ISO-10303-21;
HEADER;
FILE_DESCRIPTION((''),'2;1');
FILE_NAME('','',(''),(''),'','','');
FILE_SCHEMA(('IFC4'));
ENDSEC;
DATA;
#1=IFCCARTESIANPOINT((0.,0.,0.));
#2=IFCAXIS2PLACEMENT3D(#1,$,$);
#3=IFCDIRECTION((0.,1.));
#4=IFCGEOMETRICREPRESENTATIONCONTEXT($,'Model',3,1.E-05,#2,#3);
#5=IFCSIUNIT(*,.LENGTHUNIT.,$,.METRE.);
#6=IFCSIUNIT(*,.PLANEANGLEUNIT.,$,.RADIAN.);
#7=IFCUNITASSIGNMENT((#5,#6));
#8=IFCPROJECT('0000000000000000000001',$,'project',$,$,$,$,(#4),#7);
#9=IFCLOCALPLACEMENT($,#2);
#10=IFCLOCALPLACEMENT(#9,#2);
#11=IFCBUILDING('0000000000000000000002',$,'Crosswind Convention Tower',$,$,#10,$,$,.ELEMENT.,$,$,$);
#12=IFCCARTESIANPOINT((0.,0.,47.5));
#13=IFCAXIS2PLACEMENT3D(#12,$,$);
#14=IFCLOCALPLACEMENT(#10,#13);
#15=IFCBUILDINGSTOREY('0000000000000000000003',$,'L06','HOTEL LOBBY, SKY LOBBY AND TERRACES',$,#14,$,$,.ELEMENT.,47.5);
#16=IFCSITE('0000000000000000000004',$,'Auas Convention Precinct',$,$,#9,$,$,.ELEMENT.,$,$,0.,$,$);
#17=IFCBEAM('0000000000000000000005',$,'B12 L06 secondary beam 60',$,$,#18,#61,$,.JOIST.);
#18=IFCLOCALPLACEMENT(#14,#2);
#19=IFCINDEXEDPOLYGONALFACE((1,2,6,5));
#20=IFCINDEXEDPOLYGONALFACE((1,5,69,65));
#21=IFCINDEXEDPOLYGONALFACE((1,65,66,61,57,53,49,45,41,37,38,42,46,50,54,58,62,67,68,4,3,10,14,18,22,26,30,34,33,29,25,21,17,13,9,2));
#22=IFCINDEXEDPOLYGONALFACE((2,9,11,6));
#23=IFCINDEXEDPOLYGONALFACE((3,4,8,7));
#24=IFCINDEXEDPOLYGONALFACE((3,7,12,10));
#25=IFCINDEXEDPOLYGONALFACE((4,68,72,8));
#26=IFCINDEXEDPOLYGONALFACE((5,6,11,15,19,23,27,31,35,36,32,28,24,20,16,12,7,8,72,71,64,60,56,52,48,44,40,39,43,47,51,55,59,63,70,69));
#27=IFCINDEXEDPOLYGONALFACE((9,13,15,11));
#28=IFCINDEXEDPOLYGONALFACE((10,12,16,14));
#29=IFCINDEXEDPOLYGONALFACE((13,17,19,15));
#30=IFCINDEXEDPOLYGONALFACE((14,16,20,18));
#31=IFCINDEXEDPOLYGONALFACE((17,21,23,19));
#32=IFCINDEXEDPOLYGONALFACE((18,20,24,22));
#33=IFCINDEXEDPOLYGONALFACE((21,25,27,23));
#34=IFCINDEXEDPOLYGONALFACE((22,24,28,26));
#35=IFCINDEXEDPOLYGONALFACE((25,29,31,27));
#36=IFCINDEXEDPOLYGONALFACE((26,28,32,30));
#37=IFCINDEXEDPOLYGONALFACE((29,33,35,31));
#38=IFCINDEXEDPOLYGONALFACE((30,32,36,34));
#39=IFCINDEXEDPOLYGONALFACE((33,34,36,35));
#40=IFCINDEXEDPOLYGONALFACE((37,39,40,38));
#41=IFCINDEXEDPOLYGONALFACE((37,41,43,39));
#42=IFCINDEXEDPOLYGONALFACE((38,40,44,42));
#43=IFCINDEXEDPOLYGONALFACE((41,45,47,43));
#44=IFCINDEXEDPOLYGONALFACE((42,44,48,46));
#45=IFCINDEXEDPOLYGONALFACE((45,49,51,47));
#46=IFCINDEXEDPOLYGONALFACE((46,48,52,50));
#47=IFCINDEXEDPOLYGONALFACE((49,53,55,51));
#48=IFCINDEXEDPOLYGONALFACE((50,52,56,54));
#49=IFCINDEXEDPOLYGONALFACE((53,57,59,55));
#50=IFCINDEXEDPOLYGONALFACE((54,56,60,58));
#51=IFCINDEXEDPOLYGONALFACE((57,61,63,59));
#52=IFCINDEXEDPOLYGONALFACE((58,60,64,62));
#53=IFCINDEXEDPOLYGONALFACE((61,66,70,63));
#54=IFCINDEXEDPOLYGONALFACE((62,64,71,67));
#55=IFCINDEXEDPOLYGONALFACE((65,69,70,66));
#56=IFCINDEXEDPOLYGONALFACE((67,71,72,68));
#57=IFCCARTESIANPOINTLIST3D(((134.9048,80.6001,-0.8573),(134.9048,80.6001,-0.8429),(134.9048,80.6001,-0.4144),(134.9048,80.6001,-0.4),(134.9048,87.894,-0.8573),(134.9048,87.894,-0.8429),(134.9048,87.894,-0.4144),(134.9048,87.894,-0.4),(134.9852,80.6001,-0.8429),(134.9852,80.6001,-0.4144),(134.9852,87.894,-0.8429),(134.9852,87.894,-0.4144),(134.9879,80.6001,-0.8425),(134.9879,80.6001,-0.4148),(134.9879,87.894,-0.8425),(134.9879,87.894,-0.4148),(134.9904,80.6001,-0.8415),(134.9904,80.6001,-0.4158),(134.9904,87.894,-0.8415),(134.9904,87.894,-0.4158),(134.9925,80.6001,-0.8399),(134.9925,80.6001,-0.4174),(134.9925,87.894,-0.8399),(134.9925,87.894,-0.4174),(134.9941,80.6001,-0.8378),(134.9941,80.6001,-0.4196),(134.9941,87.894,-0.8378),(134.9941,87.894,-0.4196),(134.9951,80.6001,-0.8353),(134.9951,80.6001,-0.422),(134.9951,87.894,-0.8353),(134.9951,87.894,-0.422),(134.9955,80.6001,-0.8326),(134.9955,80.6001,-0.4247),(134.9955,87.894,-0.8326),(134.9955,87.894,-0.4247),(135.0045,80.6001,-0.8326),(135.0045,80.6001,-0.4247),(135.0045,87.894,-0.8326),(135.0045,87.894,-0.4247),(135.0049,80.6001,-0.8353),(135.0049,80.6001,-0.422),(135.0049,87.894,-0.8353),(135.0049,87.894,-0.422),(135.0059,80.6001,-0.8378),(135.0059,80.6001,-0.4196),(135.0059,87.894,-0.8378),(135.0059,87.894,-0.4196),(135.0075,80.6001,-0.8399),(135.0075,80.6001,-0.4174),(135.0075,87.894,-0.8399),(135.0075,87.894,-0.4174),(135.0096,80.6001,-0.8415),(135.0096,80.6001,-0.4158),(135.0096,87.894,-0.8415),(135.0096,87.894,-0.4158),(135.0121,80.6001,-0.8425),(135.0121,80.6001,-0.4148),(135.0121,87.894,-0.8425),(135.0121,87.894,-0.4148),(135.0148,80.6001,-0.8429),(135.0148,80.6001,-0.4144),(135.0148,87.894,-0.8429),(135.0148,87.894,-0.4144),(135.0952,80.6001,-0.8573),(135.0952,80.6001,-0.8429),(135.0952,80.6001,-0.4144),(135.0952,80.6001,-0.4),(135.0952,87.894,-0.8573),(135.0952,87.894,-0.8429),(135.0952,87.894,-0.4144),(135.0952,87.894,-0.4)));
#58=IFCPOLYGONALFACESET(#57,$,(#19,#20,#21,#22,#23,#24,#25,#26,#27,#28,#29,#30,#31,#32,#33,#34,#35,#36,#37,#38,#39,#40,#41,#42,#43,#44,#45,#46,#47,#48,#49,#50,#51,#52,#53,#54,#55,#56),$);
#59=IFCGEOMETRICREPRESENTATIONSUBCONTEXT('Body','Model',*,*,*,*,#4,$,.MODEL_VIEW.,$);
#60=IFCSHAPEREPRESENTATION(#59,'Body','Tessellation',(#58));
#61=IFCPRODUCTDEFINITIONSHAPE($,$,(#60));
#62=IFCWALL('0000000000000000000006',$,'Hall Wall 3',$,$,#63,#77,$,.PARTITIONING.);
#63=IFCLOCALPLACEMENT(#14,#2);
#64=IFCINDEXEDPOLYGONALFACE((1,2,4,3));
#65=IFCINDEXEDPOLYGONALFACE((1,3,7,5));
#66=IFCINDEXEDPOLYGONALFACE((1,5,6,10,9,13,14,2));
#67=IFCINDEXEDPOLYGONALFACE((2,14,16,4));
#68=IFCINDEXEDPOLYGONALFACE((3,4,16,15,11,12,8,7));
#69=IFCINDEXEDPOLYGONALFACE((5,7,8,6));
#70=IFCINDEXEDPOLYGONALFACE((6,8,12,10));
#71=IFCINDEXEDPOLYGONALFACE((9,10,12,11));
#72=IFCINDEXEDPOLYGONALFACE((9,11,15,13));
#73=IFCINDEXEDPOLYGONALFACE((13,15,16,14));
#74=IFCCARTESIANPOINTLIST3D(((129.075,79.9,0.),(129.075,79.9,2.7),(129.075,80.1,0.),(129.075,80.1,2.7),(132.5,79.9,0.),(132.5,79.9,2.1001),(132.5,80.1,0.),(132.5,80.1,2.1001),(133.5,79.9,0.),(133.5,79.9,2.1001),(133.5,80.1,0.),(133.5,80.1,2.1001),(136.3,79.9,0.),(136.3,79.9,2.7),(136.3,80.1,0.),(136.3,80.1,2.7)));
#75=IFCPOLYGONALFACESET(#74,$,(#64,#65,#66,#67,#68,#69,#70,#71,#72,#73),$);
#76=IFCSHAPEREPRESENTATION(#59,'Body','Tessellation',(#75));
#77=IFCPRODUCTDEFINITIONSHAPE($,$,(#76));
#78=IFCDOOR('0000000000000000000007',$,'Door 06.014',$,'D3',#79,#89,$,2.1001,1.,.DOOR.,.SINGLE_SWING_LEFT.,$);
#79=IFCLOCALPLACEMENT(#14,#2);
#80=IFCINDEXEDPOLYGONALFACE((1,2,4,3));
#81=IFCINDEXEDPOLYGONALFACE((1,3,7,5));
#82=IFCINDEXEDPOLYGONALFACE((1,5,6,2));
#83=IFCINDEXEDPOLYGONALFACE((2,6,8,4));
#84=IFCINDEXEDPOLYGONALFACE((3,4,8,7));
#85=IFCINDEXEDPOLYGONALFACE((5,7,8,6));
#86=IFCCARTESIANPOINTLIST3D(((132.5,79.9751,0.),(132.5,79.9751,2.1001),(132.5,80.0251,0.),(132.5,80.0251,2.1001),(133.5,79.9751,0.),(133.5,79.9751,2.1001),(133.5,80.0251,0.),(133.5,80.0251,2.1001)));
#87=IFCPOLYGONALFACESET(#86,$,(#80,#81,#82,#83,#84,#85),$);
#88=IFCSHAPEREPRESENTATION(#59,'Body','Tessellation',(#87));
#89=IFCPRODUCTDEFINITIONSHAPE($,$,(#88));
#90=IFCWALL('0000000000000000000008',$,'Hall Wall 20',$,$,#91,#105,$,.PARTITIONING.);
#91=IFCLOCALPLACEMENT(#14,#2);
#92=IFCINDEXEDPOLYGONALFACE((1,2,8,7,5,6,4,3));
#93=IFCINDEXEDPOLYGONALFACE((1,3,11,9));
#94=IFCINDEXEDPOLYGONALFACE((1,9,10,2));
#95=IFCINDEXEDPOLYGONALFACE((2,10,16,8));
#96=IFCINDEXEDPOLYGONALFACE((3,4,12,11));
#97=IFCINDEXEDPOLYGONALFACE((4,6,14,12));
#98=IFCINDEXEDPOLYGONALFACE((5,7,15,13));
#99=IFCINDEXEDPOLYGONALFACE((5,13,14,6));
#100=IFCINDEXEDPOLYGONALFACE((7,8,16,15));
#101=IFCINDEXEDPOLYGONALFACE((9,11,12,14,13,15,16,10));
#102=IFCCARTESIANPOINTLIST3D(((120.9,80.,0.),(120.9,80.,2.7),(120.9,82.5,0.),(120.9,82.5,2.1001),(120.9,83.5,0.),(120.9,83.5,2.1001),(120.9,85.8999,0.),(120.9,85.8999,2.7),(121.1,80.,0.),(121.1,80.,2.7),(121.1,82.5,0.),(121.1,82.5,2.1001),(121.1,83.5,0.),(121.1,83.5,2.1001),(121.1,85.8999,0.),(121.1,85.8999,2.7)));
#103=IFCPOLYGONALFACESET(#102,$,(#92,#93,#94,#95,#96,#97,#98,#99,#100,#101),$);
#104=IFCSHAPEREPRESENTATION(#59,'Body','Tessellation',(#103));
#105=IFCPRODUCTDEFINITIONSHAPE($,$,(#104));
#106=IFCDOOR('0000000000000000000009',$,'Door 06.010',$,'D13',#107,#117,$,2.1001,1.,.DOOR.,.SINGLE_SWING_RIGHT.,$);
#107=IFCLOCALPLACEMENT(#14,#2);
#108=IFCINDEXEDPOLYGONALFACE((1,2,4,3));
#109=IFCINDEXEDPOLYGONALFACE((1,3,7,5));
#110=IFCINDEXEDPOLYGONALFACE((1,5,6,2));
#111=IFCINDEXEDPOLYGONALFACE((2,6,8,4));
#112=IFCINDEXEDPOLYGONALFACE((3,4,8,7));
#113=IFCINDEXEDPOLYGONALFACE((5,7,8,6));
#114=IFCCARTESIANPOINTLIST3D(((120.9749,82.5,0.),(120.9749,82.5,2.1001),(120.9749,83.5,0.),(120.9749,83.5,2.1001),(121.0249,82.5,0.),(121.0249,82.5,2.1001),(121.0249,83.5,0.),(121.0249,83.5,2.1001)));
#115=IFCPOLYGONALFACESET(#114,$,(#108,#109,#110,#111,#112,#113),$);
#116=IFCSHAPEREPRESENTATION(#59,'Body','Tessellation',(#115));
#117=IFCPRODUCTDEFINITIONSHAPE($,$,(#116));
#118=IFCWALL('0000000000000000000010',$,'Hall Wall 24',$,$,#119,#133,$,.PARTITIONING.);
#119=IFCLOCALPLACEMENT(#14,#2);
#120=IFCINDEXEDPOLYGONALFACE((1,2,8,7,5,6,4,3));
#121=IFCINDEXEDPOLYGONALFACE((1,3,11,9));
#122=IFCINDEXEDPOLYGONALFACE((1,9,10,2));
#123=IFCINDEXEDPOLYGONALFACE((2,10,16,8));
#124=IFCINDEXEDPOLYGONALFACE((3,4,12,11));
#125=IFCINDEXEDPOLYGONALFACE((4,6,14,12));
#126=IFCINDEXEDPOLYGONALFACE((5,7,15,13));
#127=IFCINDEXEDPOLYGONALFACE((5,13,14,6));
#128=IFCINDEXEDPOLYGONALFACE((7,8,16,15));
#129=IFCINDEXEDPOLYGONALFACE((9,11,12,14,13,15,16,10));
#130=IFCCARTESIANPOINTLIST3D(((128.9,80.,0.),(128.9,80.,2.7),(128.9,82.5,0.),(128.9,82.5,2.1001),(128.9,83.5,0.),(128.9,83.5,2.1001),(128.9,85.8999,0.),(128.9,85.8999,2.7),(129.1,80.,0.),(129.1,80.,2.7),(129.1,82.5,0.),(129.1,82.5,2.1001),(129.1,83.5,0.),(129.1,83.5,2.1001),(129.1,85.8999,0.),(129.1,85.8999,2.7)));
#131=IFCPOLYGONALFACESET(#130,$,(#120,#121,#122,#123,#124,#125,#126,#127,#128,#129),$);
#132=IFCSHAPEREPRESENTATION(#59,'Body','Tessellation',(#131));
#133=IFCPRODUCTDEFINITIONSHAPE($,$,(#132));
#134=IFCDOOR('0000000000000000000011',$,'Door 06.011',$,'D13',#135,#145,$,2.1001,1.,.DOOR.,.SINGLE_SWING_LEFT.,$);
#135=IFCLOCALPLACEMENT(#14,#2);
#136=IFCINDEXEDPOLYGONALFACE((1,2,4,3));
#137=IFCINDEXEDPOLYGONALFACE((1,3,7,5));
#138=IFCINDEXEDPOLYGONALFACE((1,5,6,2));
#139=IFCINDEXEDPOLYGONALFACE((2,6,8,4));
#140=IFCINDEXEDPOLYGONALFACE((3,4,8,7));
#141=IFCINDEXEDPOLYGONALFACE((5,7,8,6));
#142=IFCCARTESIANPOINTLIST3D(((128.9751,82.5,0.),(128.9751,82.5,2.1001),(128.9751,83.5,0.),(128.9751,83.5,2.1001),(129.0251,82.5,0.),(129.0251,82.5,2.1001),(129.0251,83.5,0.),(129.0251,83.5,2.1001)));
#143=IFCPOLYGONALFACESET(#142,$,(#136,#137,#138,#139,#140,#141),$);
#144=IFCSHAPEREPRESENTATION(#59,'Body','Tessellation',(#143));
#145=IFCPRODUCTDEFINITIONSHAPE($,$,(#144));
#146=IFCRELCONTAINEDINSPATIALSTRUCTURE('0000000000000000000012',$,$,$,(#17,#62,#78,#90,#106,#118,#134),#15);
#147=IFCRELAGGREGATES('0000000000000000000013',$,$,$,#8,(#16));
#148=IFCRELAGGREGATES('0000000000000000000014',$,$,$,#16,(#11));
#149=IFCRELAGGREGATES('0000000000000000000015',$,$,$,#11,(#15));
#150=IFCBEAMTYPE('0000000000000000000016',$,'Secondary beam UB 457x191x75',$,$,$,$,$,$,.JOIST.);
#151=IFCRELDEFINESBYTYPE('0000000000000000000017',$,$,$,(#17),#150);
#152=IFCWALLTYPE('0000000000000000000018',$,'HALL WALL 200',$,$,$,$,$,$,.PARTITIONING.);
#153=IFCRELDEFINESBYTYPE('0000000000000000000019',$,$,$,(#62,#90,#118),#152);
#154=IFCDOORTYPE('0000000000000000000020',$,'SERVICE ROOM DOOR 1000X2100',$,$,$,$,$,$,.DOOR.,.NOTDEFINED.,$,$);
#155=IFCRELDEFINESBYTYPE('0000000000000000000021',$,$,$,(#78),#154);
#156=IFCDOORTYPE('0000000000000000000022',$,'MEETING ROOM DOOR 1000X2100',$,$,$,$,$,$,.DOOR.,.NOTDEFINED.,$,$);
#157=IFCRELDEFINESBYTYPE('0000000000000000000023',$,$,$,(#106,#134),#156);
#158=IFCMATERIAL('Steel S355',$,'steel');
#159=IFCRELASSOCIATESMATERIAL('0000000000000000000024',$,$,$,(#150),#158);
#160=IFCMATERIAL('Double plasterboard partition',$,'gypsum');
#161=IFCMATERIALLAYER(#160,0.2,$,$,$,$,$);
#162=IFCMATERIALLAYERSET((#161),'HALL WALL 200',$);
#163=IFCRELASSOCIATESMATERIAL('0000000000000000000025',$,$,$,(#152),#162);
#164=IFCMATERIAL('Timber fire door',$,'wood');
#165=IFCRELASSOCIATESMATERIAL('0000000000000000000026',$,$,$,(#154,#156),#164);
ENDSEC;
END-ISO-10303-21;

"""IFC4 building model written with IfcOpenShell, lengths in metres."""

from ifc_helpers import new_model, si_unit, direction, frame, frame_2d, origin, origin_2d, place, context, subcontext, project, spatial, rectangle, i_section, extrude, material, layer, layer_set, material_profile, profile_set, type_object, element, fill, save


model = new_model("IFC4")

# Units and contexts
model_context = context("Model", 3, precision=1e-05, world=origin(), true_north=direction((0.0, 1.0)))
body_context = subcontext(model_context, "Body", "Model", "MODEL_VIEW")
ifc_project = project(units=[si_unit("LENGTHUNIT", "METRE"), si_unit("PLANEANGLEUNIT", "RADIAN")], contexts=[model_context])

# Site, building, storey
site_placement = place(None, origin())
site = spatial("IfcSite", under=ifc_project, at=site_placement, Name="Auas Convention Precinct", CompositionType="ELEMENT", RefElevation=0.0)
building_placement = place(site_placement, origin())
building = spatial("IfcBuilding", under=site, at=building_placement, Name="Crosswind Convention Tower", CompositionType="ELEMENT")
storey_placement = place(building_placement, frame((0.0, 0.0, 47.5)))
storey = spatial("IfcBuildingStorey", under=building, at=storey_placement, Name="L06", Description="HOTEL LOBBY, SKY LOBBY AND TERRACES", CompositionType="ELEMENT", Elevation=47.5)

# Shared definitions
ifc_material_1 = material(Name="Steel S355", Category="steel")

# Beam
ifc_material_profile_1 = material_profile(ifc_material_1, i_section(OverallWidth=0.1904, OverallDepth=0.4573, WebThickness=0.009, FlangeThickness=0.0144, FilletRadius=0.0103, at=origin_2d()), Name="UB 457x191x75")
ifc_profile_set_1 = profile_set([ifc_material_profile_1], Name="Steel S355")
beam_type_1 = type_object("IfcBeamType", Name="Secondary beam UB 457x191x75", PredefinedType="JOIST", material=ifc_profile_set_1)
beam_1_placement = place(storey_placement, frame((135.0, 80.6001, -0.6287), z_axis=(0.0, 1.0, 0.0), x_axis=(-1.0, 0.0, 0.0)))
element("IfcBeam", 1, at=beam_1_placement, inside=storey, type_object=beam_type_1, Name="B12 L06 secondary beam 60", PredefinedType="JOIST", context=body_context, shape_type="SweptSolid", body=[
    extrude(i_section(OverallWidth=0.1904, OverallDepth=0.4573, WebThickness=0.009, FlangeThickness=0.0144, FilletRadius=0.0103, at=origin_2d()), origin(), (0.0, 0.0, 1.0), 7.2939),
])

# Walls, openings, doors
ifc_material_2 = material(Name="Double plasterboard partition", Category="gypsum")
ifc_layer = layer(ifc_material_2, 0.2)
ifc_layer_set = layer_set([ifc_layer], Name="HALL WALL 200")
wall_type = type_object("IfcWallType", Name="HALL WALL 200", PredefinedType="PARTITIONING", material=ifc_layer_set)
wall_1_placement = place(storey_placement, frame((129.075, 80.0, 0.0), z_axis=(0.0, 0.0, 1.0), x_axis=(1.0, 0.0, 0.0)))
wall_1 = element("IfcWall", 2, at=wall_1_placement, inside=storey, type_object=wall_type, Name="Hall Wall 3", PredefinedType="PARTITIONING", context=body_context, shape_type="SweptSolid", body=[
    extrude(rectangle(XDim=7.2251, YDim=0.2, at=frame_2d((3.6125, 0.0))), origin(), (0.0, 0.0, 1.0), 2.7),
])
opening_1_placement = place(wall_1_placement, frame((3.425, 0.0, 0.0)))
opening_1 = element("IfcOpeningElement", 3, at=opening_1_placement, cuts=wall_1, PredefinedType="OPENING", context=body_context, shape_type="SweptSolid", body=[
    extrude(rectangle(XDim=1.0, YDim=2.1001, at=frame_2d((0.5, 1.05))), frame((0.0, 0.1099, 0.0), z_axis=(0.0, -1.0, 0.0), x_axis=(1.0, 0.0, 0.0)), (0.0, 0.0, 1.0), 0.22),
])
ifc_material_3 = material(Name="Timber fire door", Category="wood")
door_type_1 = type_object("IfcDoorType", Name="SERVICE ROOM DOOR 1000X2100", OperationType="NOTDEFINED", PredefinedType="DOOR", material=ifc_material_3)
door_1_placement = place(opening_1_placement, frame((1.0, 0.0, 0.0), z_axis=(0.0, 0.0, 1.0), x_axis=(-1.0, 0.0, 0.0)))
door_1 = element("IfcDoor", 4, at=door_1_placement, inside=storey, type_object=door_type_1, Name="Door 06.014", ObjectType="D3", OperationType="SINGLE_SWING_LEFT", OverallHeight=2.1001, OverallWidth=1.0, PredefinedType="DOOR", context=body_context, shape_type="SweptSolid", body=[
    extrude(rectangle(XDim=1.0, YDim=2.1001, at=frame_2d((0.5, 1.05))), frame((0.0, 0.0249, 0.0), z_axis=(0.0, -1.0, 0.0), x_axis=(1.0, 0.0, 0.0)), (0.0, 0.0, 1.0), 0.05),
])
fill(opening_1, door_1)
wall_2_placement = place(storey_placement, frame((121.0, 80.0, 0.0), z_axis=(0.0, 0.0, 1.0), x_axis=(0.0, 1.0, 0.0)))
wall_2 = element("IfcWall", 5, at=wall_2_placement, inside=storey, type_object=wall_type, Name="Hall Wall 20", PredefinedType="PARTITIONING", context=body_context, shape_type="SweptSolid", body=[
    extrude(rectangle(XDim=5.8999, YDim=0.2, at=frame_2d((2.95, 0.0))), origin(), (0.0, 0.0, 1.0), 2.7),
])
opening_2_placement = place(wall_2_placement, frame((2.5, 0.0, 0.0)))
opening_2 = element("IfcOpeningElement", 6, at=opening_2_placement, cuts=wall_2, PredefinedType="OPENING", context=body_context, shape_type="SweptSolid", body=[
    extrude(rectangle(XDim=1.0, YDim=2.1001, at=frame_2d((0.5, 1.05))), frame((0.0, 0.1099, 0.0), z_axis=(0.0, -1.0, 0.0), x_axis=(1.0, 0.0, 0.0)), (0.0, 0.0, 1.0), 0.22),
])
door_type_2 = type_object("IfcDoorType", Name="MEETING ROOM DOOR 1000X2100", OperationType="NOTDEFINED", PredefinedType="DOOR", material=ifc_material_3)
door_2_placement = place(opening_2_placement, frame((1.0, 0.0, 0.0), z_axis=(0.0, 0.0, 1.0), x_axis=(-1.0, 0.0, 0.0)))
door_2 = element("IfcDoor", 7, at=door_2_placement, inside=storey, type_object=door_type_2, Name="Door 06.010", ObjectType="D13", OperationType="SINGLE_SWING_RIGHT", OverallHeight=2.1001, OverallWidth=1.0, PredefinedType="DOOR", context=body_context, shape_type="SweptSolid", body=[
    extrude(rectangle(XDim=1.0, YDim=2.1001, at=frame_2d((0.5, 1.05))), frame((0.0, 0.0249, 0.0), z_axis=(0.0, -1.0, 0.0), x_axis=(1.0, 0.0, 0.0)), (0.0, 0.0, 1.0), 0.05),
])
fill(opening_2, door_2)
wall_3_placement = place(storey_placement, frame((129.0, 80.0, 0.0), z_axis=(0.0, 0.0, 1.0), x_axis=(0.0, 1.0, 0.0)))
wall_3 = element("IfcWall", 8, at=wall_3_placement, inside=storey, type_object=wall_type, Name="Hall Wall 24", PredefinedType="PARTITIONING", context=body_context, shape_type="SweptSolid", body=[
    extrude(rectangle(XDim=5.8999, YDim=0.2, at=frame_2d((2.95, 0.0))), origin(), (0.0, 0.0, 1.0), 2.7),
])
opening_3_placement = place(wall_3_placement, frame((2.5, 0.0, 0.0)))
opening_3 = element("IfcOpeningElement", 9, at=opening_3_placement, cuts=wall_3, PredefinedType="OPENING", context=body_context, shape_type="SweptSolid", body=[
    extrude(rectangle(XDim=1.0, YDim=2.1001, at=frame_2d((0.5, 1.05))), frame((0.0, 0.1099, 0.0), z_axis=(0.0, -1.0, 0.0), x_axis=(1.0, 0.0, 0.0)), (0.0, 0.0, 1.0), 0.22),
])
door_3_placement = place(opening_3_placement, origin())
door_3 = element("IfcDoor", 10, at=door_3_placement, inside=storey, type_object=door_type_2, Name="Door 06.011", ObjectType="D13", OperationType="SINGLE_SWING_LEFT", OverallHeight=2.1001, OverallWidth=1.0, PredefinedType="DOOR", context=body_context, shape_type="SweptSolid", body=[
    extrude(rectangle(XDim=1.0, YDim=2.1001, at=frame_2d((0.5, 1.05))), frame((0.0, 0.0249, 0.0), z_axis=(0.0, -1.0, 0.0), x_axis=(1.0, 0.0, 0.0)), (0.0, 0.0, 1.0), 0.05),
])
fill(opening_3, door_3)

save(model, "model.ifc")
